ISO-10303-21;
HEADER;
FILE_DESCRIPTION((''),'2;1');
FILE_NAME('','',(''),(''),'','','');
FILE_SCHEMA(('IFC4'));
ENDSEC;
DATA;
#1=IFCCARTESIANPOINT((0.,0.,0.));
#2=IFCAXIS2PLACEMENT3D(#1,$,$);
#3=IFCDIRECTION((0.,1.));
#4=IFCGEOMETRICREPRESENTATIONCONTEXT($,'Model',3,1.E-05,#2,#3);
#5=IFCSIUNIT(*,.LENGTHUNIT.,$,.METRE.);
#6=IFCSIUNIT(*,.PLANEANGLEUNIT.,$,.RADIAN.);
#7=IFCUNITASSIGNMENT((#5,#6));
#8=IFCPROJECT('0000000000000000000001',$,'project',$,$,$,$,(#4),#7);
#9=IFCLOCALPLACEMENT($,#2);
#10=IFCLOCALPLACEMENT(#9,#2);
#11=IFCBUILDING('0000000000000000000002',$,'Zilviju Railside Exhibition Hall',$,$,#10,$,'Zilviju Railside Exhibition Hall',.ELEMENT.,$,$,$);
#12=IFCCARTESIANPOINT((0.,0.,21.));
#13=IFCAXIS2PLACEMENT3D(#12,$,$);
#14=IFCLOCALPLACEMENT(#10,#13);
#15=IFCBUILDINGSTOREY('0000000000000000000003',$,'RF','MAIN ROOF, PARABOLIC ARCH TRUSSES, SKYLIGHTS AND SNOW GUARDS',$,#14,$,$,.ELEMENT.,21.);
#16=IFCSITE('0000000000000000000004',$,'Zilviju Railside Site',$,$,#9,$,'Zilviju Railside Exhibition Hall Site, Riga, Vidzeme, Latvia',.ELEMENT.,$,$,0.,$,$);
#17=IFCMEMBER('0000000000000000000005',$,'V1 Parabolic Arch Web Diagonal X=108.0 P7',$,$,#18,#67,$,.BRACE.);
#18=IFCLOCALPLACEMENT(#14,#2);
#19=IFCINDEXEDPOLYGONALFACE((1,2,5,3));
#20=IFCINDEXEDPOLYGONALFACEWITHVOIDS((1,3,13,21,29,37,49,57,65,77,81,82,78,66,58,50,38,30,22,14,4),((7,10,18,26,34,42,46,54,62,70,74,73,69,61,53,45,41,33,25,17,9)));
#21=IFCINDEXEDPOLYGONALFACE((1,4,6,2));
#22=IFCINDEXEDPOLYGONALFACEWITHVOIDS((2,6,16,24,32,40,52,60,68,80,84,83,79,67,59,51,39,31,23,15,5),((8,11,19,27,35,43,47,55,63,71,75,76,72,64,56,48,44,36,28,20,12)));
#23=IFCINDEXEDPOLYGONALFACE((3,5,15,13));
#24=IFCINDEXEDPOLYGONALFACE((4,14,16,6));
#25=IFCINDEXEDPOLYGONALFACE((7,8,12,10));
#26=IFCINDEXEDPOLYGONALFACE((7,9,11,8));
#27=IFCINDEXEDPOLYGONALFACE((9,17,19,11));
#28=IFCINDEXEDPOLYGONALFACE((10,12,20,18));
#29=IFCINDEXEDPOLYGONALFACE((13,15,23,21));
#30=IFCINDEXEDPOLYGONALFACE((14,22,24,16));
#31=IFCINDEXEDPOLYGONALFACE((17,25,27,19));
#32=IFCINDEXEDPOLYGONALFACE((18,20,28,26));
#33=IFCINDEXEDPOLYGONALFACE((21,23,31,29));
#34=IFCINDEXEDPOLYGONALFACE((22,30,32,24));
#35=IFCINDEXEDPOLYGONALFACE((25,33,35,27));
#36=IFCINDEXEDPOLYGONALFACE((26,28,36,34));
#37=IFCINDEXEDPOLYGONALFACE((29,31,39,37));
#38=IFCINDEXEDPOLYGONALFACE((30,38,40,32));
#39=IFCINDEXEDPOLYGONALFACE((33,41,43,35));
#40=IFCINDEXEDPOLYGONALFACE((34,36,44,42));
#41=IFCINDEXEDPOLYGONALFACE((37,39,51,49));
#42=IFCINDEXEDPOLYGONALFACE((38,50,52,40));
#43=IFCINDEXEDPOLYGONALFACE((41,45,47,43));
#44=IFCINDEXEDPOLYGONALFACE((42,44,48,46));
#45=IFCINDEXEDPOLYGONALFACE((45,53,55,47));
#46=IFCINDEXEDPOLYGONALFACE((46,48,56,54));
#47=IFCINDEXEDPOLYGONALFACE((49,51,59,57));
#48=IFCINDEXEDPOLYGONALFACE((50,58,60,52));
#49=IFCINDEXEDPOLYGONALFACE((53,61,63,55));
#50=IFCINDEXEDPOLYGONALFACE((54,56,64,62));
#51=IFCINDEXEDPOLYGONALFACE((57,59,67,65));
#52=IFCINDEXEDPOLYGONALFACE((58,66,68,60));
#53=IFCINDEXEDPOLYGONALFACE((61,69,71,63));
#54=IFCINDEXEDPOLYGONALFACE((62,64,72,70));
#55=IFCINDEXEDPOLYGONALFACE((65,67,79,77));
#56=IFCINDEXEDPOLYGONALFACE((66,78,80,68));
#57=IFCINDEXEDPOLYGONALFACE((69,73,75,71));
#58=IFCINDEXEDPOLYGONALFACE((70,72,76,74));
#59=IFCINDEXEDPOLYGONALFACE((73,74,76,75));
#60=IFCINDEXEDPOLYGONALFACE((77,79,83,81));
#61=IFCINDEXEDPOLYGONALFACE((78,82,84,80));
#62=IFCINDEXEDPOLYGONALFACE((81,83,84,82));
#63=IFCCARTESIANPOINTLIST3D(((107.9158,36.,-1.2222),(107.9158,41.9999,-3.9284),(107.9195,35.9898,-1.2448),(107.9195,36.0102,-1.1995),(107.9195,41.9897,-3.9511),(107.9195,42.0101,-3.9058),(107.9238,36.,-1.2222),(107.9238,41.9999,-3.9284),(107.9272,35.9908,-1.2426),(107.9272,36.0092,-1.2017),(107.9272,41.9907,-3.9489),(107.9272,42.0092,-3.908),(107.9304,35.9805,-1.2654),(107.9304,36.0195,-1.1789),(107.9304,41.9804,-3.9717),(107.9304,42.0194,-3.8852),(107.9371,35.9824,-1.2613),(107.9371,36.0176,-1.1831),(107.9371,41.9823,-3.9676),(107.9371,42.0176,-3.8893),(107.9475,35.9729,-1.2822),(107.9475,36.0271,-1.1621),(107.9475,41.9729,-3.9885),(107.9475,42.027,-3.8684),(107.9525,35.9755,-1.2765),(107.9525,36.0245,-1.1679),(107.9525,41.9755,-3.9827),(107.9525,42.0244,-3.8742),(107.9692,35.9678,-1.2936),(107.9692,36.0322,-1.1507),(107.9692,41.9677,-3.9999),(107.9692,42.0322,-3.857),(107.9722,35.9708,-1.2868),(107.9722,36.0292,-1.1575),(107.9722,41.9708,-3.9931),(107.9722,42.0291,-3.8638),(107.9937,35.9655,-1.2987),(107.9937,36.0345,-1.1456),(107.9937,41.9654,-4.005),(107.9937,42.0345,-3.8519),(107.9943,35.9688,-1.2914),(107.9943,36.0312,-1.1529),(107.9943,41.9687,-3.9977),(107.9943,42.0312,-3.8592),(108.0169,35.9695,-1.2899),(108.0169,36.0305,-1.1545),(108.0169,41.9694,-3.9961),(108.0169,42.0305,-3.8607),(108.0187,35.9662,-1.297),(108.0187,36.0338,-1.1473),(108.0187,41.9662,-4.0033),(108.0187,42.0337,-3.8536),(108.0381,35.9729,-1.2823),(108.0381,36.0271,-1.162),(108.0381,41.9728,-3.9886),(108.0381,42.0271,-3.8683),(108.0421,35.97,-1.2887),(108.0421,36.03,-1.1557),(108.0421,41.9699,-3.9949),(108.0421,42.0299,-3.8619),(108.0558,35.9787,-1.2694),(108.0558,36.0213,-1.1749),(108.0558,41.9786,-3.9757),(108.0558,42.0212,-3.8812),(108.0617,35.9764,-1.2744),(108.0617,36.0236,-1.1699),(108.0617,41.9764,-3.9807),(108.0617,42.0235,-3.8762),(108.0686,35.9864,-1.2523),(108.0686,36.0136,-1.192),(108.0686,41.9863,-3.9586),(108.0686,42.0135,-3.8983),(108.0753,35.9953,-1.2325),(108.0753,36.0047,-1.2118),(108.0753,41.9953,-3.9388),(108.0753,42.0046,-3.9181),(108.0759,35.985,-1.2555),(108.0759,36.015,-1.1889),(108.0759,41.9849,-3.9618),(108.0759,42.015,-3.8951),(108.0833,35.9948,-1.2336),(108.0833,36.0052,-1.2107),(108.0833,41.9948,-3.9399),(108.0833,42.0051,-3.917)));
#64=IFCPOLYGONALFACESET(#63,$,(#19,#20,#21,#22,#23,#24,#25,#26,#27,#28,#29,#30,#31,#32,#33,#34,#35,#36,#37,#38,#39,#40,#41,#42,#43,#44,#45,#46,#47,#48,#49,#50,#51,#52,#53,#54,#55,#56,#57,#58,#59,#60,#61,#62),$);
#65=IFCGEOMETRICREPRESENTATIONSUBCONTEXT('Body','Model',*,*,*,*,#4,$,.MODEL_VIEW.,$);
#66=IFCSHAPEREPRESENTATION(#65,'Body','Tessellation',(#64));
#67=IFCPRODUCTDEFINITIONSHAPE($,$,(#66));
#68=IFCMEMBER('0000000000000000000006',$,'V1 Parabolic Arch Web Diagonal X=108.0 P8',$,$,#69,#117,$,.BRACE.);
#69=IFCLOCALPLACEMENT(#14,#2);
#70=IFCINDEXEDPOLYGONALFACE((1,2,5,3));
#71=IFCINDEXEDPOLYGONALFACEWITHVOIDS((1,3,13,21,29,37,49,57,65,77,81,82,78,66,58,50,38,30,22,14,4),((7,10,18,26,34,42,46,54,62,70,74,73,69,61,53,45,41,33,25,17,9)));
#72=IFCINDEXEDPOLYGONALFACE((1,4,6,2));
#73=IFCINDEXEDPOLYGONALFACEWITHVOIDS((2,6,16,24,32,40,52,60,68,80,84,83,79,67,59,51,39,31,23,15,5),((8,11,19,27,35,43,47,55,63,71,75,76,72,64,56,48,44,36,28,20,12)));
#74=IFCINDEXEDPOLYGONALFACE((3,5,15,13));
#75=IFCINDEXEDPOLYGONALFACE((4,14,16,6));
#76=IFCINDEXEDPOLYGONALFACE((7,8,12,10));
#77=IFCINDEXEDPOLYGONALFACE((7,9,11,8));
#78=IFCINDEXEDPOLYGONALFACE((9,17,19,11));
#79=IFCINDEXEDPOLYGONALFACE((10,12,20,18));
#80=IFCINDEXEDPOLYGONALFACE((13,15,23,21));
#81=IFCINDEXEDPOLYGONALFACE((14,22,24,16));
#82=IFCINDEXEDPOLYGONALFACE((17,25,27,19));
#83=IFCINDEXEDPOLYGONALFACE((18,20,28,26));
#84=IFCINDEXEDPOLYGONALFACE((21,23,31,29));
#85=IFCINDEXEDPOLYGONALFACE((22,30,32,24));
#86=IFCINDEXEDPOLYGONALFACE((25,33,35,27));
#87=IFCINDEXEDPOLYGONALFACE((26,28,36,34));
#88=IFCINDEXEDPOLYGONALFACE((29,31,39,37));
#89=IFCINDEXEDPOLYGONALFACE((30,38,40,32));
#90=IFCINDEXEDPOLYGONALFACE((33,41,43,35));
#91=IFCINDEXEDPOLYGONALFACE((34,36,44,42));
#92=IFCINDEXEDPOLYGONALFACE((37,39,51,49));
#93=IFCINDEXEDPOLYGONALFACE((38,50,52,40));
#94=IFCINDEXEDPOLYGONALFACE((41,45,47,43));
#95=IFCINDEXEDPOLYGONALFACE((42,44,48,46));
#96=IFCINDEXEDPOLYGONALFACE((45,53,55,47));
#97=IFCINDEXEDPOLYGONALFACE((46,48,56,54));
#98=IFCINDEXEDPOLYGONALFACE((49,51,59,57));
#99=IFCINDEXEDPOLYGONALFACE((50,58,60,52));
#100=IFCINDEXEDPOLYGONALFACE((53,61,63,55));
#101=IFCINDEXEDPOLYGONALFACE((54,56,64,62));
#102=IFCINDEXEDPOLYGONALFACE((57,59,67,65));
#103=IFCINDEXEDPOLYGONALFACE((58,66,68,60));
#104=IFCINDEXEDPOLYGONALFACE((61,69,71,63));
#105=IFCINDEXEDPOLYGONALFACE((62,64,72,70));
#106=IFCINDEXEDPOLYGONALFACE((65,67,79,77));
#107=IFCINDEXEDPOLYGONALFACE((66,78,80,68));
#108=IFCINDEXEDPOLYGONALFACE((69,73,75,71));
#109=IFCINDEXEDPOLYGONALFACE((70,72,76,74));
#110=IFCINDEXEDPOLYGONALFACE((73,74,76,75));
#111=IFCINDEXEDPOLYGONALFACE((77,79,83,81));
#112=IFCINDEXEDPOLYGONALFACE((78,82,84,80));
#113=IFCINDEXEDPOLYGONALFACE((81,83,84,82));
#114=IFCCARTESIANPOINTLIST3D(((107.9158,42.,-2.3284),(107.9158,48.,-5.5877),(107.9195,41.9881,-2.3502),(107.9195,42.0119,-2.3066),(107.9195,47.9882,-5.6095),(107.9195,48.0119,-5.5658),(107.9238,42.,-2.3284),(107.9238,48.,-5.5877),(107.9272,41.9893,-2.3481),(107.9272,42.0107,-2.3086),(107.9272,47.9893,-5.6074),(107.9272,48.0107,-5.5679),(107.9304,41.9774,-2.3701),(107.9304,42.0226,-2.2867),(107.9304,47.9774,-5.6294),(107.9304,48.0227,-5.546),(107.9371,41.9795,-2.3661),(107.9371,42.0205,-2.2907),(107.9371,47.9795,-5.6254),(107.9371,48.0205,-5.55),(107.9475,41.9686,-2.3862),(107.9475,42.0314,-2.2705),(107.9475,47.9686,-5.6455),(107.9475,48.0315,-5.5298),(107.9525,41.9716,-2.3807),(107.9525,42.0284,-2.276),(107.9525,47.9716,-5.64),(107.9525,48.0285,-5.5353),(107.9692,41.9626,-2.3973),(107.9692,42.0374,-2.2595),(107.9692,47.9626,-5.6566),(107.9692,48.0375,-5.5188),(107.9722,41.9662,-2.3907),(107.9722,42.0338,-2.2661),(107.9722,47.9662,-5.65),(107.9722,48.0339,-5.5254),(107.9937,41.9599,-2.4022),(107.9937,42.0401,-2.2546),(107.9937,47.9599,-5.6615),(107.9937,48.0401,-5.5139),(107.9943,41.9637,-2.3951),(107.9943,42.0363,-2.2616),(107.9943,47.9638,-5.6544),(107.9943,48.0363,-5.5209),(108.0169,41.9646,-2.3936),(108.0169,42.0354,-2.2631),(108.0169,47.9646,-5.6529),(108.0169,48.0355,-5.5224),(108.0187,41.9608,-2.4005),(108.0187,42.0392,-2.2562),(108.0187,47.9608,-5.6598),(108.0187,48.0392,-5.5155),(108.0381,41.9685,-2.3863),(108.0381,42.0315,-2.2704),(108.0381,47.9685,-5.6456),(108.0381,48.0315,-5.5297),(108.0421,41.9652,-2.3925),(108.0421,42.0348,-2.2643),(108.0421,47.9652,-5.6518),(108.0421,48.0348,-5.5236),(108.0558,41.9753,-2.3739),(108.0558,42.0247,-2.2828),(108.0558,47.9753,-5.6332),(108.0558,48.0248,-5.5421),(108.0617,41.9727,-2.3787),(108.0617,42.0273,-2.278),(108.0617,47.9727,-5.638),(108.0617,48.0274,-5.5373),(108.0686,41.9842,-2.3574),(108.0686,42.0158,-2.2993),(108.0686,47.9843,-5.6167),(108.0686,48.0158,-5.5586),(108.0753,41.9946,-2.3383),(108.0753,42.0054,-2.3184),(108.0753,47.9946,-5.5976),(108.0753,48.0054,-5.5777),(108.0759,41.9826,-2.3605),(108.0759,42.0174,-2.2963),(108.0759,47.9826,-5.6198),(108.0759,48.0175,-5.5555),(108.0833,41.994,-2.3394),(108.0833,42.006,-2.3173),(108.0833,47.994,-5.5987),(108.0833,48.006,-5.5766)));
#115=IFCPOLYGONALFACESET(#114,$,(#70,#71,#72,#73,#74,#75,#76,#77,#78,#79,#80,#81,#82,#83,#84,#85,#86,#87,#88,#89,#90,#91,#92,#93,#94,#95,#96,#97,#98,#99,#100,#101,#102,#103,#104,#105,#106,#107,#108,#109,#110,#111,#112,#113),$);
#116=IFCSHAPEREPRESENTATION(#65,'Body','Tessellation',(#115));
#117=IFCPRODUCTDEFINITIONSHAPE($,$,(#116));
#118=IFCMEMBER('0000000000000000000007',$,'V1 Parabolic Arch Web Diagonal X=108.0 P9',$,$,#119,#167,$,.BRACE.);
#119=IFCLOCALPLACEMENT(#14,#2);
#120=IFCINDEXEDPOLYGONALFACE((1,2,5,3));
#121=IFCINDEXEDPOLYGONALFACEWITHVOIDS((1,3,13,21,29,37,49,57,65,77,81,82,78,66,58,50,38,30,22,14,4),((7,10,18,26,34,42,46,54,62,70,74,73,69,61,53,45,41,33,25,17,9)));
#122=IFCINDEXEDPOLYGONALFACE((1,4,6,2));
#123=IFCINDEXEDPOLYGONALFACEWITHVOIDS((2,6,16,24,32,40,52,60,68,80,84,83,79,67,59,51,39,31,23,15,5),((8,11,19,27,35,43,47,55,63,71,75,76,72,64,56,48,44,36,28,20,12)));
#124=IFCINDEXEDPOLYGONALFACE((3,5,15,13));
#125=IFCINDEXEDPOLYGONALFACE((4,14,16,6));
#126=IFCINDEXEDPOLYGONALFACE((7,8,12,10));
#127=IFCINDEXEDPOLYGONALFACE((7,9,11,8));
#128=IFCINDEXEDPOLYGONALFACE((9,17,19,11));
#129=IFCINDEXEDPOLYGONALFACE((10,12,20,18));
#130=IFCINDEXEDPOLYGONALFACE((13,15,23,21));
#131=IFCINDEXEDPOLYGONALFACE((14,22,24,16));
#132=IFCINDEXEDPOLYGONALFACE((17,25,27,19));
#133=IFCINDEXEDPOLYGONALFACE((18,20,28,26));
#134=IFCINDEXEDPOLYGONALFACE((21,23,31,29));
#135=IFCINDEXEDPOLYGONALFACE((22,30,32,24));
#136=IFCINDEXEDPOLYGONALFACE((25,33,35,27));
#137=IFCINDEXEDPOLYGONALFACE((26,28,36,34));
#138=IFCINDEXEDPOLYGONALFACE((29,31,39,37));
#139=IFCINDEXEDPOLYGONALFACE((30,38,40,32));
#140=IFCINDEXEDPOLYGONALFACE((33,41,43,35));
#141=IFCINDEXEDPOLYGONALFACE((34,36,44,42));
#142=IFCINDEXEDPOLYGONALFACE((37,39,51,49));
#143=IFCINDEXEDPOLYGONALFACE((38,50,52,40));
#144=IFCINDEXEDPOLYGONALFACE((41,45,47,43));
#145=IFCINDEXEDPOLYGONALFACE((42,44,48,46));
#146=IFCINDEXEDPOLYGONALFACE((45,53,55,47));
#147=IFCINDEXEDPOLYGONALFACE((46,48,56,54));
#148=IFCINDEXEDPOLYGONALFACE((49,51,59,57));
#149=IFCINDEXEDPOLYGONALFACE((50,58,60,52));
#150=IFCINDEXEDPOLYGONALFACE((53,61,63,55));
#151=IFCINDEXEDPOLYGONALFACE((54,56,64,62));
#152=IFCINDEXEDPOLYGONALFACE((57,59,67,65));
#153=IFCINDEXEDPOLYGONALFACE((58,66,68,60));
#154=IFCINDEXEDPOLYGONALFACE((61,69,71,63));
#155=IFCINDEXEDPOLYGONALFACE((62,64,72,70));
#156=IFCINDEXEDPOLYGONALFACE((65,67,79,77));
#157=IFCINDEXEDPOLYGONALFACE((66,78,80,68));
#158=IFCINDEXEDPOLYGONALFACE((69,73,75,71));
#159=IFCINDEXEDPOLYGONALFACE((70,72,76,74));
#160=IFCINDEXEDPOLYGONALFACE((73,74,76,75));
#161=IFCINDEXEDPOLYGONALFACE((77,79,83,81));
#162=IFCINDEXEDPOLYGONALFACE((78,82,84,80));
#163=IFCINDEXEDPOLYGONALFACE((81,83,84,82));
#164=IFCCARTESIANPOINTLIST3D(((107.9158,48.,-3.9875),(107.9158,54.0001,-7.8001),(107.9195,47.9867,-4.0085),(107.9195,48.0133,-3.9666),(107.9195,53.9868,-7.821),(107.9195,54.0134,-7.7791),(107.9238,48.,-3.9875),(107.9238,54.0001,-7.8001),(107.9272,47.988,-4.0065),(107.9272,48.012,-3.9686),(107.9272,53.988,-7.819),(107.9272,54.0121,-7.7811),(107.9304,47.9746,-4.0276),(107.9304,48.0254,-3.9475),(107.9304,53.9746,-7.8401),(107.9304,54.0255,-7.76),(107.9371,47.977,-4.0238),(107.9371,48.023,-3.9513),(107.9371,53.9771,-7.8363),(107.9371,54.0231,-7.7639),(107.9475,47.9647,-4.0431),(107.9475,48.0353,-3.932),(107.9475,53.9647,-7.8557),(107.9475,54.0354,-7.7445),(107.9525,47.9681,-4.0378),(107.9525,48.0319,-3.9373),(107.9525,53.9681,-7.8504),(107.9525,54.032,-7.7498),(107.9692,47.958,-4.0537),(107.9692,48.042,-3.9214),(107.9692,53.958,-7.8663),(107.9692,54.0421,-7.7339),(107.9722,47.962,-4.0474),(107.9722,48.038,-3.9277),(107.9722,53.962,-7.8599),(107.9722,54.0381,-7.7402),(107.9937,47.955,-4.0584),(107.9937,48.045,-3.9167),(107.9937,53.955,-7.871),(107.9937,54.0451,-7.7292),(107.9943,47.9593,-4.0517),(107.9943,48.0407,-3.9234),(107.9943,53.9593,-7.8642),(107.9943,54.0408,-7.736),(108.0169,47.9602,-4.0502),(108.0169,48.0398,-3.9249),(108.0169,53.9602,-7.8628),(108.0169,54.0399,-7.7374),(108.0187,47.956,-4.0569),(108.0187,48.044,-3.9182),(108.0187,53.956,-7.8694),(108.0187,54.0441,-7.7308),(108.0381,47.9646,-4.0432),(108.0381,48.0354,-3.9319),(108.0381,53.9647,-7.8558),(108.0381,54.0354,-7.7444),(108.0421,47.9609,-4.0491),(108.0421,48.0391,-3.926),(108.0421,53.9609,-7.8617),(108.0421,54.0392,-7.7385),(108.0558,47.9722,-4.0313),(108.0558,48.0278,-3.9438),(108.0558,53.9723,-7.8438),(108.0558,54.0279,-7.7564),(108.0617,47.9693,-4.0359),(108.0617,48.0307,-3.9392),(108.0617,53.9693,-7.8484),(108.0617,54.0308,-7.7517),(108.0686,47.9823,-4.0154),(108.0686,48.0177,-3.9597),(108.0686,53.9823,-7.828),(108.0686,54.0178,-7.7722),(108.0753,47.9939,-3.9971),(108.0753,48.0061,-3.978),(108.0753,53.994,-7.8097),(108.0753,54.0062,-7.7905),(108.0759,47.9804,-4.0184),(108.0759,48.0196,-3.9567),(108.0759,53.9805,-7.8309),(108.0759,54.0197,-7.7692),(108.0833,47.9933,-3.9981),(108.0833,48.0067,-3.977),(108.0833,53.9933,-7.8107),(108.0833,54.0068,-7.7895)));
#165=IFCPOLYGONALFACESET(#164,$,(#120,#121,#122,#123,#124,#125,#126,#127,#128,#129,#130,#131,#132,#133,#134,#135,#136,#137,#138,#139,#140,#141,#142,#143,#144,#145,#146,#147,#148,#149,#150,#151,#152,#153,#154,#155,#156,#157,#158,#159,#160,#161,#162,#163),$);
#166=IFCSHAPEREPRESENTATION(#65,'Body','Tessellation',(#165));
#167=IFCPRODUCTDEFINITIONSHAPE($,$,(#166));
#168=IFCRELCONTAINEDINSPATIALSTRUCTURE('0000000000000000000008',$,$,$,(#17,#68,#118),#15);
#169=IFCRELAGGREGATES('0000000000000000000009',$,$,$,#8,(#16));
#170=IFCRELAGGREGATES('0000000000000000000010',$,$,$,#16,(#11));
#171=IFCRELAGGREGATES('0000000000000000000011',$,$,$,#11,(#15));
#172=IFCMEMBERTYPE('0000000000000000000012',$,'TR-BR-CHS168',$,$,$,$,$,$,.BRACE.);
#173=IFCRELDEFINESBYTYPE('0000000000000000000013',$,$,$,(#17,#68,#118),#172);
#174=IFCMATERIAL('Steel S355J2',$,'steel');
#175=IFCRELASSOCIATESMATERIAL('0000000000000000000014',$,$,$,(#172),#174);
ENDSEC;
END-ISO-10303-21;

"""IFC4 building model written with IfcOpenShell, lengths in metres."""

from ifc_helpers import new_model, si_unit, direction, frame, origin, origin_2d, place, context, subcontext, project, spatial, hollow_circle, extrude, material, material_profile, profile_set, type_object, element, save


model = new_model("IFC4")

# Units and contexts
model_context = context("Model", 3, precision=1e-05, world=origin(), true_north=direction((0.0, 1.0)))
body_context = subcontext(model_context, "Body", "Model", "MODEL_VIEW")
ifc_project = project(units=[si_unit("LENGTHUNIT", "METRE"), si_unit("PLANEANGLEUNIT", "RADIAN")], contexts=[model_context])

# Site, building, storey
site_placement = place(None, origin())
site = spatial("IfcSite", under=ifc_project, at=site_placement, Name="Zilviju Railside Site", LongName="Zilviju Railside Exhibition Hall Site, Riga, Vidzeme, Latvia", CompositionType="ELEMENT", RefElevation=0.0)
building_placement = place(site_placement, origin())
building = spatial("IfcBuilding", under=site, at=building_placement, Name="Zilviju Railside Exhibition Hall", LongName="Zilviju Railside Exhibition Hall", CompositionType="ELEMENT")
storey_placement = place(building_placement, frame((0.0, 0.0, 21.0)))
storey = spatial("IfcBuildingStorey", under=building, at=storey_placement, Name="RF", Description="MAIN ROOF, PARABOLIC ARCH TRUSSES, SKYLIGHTS AND SNOW GUARDS", CompositionType="ELEMENT", Elevation=21.0)

# Members
ifc_material_1 = material(Name="Steel S355J2", Category="steel")
ifc_material_profile_1 = material_profile(ifc_material_1, hollow_circle(Radius=0.0842, WallThickness=0.0081, at=origin_2d()), Name="CHS 168.3x8.0")
ifc_profile_set_1 = profile_set([ifc_material_profile_1], Name="Steel S355J2")
member_type_1 = type_object("IfcMemberType", Name="TR-BR-CHS168", PredefinedType="BRACE", material=ifc_profile_set_1)
member_1_placement = place(storey_placement, frame((108.0, 36.0, -1.2222), z_axis=(0.0, 0.911563, -0.41116), x_axis=(-1.0, 0.0, 0.0)))
element("IfcMember", 1, at=member_1_placement, inside=storey, type_object=member_type_1, Name="V1 Parabolic Arch Web Diagonal X=108.0 P7", PredefinedType="BRACE", context=body_context, shape_type="SweptSolid", body=[
    extrude(hollow_circle(Radius=0.0842, WallThickness=0.0081, at=origin_2d()), origin(), (0.0, 0.0, 1.0), 6.582),
])
member_2_placement = place(storey_placement, frame((108.0, 42.0, -2.3284), z_axis=(0.0, 0.878722, -0.477333), x_axis=(-1.0, 0.0, 0.0)))
element("IfcMember", 2, at=member_2_placement, inside=storey, type_object=member_type_1, Name="V1 Parabolic Arch Web Diagonal X=108.0 P8", PredefinedType="BRACE", context=body_context, shape_type="SweptSolid", body=[
    extrude(hollow_circle(Radius=0.0842, WallThickness=0.0081, at=origin_2d()), origin(), (0.0, 0.0, 1.0), 6.8281),
])
member_3_placement = place(storey_placement, frame((108.0, 48.0, -3.9875), z_axis=(0.0, 0.844023, -0.536306), x_axis=(-1.0, 0.0, 0.0)))
element("IfcMember", 3, at=member_3_placement, inside=storey, type_object=member_type_1, Name="V1 Parabolic Arch Web Diagonal X=108.0 P9", PredefinedType="BRACE", context=body_context, shape_type="SweptSolid", body=[
    extrude(hollow_circle(Radius=0.0842, WallThickness=0.0081, at=origin_2d()), origin(), (0.0, 0.0, 1.0), 7.1089),
])

save(model, "model.ifc")
